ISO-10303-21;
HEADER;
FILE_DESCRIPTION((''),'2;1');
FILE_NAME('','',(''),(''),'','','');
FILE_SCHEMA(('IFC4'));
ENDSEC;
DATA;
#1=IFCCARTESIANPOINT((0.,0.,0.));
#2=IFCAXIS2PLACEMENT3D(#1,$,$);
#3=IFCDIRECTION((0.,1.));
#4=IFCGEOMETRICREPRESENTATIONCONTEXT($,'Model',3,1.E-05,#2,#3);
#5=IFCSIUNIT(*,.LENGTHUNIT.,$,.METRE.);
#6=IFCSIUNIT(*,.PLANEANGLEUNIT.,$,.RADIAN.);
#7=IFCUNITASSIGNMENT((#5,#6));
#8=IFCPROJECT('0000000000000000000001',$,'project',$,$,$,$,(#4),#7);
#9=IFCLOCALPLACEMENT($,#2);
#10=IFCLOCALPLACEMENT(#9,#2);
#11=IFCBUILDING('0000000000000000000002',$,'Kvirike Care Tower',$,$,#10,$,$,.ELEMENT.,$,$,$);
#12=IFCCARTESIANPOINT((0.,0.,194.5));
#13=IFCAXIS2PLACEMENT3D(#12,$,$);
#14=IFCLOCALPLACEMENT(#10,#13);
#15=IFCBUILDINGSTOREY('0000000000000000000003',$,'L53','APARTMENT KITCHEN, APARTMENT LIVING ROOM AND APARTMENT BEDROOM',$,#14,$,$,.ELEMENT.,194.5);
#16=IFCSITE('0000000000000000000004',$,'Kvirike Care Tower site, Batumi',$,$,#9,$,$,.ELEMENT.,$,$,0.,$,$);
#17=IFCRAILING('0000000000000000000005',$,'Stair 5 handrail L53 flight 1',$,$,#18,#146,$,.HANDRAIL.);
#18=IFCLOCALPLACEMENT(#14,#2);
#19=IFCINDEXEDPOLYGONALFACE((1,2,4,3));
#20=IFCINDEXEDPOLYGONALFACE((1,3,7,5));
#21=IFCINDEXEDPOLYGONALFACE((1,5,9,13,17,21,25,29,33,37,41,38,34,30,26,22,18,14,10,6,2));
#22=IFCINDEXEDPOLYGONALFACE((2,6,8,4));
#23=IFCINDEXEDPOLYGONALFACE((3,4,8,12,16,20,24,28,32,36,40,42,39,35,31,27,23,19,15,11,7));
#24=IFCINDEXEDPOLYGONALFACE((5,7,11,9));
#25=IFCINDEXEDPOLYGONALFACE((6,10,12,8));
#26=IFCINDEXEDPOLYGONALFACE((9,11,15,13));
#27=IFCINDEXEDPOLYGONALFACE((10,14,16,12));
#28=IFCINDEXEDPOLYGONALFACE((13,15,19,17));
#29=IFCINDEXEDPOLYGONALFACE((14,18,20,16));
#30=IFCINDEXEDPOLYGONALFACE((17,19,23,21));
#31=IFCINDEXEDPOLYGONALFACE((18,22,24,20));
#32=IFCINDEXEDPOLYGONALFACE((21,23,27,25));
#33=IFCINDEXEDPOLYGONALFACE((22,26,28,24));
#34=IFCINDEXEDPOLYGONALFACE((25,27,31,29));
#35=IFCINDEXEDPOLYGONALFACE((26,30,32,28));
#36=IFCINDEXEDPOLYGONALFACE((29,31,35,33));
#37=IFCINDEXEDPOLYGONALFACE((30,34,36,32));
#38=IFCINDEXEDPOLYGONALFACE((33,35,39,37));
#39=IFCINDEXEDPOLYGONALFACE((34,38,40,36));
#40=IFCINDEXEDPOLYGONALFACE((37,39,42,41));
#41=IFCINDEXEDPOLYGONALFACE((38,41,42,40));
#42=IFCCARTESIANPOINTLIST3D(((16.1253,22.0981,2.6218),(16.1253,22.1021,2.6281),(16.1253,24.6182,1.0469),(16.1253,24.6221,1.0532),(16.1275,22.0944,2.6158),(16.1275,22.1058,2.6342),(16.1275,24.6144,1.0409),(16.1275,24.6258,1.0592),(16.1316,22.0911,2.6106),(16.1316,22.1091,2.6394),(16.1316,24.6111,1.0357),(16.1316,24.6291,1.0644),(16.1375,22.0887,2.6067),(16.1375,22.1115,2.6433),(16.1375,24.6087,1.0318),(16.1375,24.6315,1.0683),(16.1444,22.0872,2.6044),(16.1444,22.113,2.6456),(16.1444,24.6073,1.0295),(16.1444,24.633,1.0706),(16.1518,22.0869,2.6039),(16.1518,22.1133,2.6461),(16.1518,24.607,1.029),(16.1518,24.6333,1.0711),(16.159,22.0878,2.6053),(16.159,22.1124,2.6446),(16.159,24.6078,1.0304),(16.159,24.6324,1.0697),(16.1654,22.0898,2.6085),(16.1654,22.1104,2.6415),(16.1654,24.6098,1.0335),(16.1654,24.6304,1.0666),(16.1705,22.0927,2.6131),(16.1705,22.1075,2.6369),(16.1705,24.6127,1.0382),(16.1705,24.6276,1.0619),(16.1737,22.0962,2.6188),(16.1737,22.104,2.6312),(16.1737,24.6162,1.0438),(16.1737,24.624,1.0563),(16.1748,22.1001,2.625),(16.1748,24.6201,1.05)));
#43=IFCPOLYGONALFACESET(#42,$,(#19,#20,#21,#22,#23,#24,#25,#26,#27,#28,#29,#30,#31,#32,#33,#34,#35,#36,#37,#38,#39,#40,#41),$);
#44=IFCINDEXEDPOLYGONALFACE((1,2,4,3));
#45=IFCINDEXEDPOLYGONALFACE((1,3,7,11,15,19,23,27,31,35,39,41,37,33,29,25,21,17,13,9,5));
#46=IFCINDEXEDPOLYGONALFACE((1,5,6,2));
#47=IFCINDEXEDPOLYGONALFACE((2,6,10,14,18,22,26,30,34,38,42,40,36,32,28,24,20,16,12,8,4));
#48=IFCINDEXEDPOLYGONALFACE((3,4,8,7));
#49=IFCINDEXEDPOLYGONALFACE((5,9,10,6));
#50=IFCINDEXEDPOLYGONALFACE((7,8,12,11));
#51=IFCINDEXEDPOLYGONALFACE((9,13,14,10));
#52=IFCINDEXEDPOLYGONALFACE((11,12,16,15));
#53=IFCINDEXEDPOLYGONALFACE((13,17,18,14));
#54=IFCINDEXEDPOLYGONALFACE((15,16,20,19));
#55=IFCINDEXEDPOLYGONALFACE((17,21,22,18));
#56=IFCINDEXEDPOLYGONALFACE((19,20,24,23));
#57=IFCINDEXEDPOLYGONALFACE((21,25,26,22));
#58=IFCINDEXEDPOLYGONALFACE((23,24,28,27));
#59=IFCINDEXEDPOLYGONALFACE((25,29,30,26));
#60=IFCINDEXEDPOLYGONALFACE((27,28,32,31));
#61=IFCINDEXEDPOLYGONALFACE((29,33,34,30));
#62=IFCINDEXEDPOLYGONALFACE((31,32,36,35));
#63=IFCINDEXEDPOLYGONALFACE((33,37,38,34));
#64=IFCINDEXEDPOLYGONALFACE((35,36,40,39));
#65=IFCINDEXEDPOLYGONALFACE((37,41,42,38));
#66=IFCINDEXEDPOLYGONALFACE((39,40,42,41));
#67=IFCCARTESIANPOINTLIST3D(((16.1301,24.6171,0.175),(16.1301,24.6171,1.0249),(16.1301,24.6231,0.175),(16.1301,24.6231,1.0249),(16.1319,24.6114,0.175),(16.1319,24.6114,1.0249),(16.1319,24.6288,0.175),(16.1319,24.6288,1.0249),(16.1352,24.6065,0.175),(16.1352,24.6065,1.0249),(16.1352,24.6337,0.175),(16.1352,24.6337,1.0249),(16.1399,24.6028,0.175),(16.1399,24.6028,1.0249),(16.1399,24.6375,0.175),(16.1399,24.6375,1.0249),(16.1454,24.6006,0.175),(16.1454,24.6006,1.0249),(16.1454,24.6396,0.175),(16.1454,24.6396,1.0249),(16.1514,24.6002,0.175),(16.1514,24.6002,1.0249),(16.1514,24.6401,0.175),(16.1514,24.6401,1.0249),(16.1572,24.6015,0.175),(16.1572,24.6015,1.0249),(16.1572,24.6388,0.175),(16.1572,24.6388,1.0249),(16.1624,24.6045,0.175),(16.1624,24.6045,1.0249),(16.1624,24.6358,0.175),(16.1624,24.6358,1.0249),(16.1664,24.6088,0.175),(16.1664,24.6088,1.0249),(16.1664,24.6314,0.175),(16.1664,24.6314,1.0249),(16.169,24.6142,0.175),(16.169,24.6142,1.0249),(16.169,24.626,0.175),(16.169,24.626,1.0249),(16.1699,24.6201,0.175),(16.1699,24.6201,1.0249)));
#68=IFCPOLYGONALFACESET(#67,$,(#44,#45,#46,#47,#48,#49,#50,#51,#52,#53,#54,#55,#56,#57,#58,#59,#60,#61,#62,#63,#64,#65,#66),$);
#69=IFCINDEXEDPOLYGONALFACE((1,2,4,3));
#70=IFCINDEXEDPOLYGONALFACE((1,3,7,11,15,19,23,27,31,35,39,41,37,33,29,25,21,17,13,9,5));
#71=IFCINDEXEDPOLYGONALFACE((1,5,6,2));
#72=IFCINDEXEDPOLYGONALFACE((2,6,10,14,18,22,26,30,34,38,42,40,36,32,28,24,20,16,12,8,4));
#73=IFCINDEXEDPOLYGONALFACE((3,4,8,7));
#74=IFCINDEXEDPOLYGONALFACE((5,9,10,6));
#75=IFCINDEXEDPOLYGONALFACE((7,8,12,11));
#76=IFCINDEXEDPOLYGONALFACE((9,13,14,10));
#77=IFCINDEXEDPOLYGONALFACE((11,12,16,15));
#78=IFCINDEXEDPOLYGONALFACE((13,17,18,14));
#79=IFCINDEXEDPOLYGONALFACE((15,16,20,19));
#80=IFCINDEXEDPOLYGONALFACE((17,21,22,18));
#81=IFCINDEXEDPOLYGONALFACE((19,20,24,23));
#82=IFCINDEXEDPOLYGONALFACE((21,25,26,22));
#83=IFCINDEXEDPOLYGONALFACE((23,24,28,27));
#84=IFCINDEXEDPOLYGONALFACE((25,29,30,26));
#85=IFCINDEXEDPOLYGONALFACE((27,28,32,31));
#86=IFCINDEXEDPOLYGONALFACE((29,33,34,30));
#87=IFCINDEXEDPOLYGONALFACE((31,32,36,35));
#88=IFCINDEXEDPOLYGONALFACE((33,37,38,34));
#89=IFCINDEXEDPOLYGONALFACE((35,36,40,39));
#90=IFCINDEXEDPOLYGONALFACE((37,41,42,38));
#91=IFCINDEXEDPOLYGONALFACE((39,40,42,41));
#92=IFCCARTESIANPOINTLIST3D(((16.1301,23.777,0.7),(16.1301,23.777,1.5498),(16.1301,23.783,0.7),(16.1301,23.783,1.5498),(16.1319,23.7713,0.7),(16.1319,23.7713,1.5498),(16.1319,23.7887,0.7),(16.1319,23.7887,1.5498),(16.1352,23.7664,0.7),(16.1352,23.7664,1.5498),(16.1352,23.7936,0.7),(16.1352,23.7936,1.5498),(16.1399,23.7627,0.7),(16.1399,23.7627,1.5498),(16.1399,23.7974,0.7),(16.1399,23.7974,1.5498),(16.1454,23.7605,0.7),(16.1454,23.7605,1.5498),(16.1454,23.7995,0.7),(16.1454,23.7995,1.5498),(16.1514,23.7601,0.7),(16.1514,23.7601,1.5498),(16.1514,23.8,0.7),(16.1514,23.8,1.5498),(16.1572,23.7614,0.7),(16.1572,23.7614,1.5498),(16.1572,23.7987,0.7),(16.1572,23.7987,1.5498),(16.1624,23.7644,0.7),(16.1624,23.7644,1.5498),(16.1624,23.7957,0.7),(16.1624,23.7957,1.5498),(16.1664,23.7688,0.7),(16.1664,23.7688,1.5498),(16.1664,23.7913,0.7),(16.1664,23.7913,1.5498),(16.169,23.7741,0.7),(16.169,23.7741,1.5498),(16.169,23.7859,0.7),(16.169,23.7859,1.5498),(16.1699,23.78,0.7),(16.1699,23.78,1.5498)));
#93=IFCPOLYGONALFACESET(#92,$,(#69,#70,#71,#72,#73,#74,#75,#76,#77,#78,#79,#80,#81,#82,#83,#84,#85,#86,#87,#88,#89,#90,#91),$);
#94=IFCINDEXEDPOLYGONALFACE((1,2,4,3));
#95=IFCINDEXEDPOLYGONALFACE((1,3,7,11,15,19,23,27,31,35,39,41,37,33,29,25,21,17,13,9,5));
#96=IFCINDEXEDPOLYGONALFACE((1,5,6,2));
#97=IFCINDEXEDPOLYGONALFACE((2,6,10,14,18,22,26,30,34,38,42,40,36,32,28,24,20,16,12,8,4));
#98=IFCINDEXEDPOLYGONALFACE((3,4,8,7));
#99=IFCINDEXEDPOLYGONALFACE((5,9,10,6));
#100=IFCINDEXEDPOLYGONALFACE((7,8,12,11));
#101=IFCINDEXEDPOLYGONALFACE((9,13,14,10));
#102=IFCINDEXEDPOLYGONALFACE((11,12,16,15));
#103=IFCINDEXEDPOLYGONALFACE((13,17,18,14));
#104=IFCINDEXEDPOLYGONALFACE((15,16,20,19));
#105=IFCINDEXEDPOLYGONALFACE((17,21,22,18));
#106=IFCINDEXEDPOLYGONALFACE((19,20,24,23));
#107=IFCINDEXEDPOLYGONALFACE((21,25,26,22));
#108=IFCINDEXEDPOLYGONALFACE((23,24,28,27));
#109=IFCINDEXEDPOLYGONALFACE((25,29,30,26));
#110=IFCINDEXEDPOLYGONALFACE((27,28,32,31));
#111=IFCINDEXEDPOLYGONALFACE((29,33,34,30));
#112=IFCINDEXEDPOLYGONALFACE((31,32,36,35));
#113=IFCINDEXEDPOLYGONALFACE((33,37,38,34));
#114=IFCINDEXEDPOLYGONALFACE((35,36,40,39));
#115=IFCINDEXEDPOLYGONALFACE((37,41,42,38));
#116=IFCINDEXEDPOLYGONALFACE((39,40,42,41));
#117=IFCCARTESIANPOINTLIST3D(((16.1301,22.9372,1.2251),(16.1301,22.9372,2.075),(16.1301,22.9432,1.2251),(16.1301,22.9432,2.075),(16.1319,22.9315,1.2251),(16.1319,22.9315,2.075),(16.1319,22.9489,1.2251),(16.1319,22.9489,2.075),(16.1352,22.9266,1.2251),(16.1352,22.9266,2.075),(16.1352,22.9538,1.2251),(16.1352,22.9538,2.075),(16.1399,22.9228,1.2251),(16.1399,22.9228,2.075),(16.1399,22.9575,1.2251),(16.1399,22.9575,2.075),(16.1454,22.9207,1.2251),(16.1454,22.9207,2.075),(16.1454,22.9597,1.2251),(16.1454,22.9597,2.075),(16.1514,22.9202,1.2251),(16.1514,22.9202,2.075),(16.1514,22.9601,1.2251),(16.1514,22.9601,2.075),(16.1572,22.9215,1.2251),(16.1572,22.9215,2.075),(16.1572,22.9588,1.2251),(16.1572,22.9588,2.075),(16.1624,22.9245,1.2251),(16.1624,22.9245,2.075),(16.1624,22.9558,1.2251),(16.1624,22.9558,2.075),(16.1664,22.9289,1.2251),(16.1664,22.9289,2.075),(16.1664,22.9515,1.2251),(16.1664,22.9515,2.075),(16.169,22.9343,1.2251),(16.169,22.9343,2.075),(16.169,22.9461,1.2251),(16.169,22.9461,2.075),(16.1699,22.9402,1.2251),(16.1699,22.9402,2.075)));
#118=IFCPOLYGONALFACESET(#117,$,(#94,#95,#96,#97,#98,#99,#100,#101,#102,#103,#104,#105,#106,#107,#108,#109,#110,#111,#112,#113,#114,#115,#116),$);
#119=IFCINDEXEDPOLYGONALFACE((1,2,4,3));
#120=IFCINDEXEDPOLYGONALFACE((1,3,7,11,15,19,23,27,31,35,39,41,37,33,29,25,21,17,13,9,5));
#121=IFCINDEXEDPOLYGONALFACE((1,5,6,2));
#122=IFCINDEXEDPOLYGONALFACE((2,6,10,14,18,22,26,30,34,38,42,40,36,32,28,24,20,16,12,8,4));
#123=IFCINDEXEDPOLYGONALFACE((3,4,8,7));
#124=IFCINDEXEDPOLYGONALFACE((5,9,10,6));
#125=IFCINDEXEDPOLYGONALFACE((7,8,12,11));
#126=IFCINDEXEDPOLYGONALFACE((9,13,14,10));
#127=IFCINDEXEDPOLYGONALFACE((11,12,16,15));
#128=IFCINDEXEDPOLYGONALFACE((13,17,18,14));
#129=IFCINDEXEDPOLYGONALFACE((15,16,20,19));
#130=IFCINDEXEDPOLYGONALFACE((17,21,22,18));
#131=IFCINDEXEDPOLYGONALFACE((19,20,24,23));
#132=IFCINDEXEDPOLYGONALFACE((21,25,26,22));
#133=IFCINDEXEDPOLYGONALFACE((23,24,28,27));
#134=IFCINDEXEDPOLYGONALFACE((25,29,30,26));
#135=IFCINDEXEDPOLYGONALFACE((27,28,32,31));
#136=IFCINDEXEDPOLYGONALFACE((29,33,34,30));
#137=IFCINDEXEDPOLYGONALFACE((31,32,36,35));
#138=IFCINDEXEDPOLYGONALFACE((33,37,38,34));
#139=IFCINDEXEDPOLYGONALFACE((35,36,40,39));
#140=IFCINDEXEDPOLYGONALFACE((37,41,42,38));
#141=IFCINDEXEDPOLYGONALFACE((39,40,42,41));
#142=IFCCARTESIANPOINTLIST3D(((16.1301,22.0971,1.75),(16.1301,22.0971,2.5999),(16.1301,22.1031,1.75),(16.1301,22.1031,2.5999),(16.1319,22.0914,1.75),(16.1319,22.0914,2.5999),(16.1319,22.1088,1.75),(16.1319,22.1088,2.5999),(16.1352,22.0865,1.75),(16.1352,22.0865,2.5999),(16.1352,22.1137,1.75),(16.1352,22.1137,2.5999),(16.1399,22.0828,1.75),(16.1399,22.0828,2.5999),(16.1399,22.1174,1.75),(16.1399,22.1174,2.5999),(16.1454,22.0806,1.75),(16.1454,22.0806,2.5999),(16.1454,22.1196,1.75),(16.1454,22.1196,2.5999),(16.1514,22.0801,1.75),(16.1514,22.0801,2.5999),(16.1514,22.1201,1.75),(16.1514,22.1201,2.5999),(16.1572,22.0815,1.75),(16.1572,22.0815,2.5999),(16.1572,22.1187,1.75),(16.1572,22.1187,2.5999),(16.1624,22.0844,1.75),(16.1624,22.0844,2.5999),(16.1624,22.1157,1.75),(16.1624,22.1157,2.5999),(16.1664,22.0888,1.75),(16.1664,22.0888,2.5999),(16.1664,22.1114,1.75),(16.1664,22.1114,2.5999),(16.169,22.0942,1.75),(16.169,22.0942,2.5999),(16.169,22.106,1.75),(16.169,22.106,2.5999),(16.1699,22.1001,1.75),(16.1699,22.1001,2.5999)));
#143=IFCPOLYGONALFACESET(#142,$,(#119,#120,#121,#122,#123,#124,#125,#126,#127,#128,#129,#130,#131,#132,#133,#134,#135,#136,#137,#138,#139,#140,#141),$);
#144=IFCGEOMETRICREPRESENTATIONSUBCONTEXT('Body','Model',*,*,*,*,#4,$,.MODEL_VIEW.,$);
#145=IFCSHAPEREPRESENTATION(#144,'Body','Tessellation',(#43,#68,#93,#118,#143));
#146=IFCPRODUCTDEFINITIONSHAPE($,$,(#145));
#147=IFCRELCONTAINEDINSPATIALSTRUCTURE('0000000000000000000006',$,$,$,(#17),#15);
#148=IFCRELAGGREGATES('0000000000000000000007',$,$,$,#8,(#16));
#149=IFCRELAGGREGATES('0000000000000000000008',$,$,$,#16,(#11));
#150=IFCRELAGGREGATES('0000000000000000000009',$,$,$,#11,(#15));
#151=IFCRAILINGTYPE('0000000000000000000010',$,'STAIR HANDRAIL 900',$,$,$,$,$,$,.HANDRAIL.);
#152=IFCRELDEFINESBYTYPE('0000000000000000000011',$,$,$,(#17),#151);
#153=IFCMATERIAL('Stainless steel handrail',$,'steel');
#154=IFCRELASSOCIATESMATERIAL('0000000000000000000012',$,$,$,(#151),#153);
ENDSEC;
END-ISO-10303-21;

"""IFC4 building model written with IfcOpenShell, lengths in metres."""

from ifc_helpers import new_model, si_unit, direction, frame, origin, origin_2d, place, context, subcontext, project, spatial, circle, extrude, material, type_object, element, save


model = new_model("IFC4")

# Units and contexts
model_context = context("Model", 3, precision=1e-05, world=origin(), true_north=direction((0.0, 1.0)))
body_context = subcontext(model_context, "Body", "Model", "MODEL_VIEW")
ifc_project = project(units=[si_unit("LENGTHUNIT", "METRE"), si_unit("PLANEANGLEUNIT", "RADIAN")], contexts=[model_context])

# Site, building, storey
site_placement = place(None, origin())
site = spatial("IfcSite", under=ifc_project, at=site_placement, Name="Kvirike Care Tower site, Batumi", CompositionType="ELEMENT", RefElevation=0.0)
building_placement = place(site_placement, origin())
building = spatial("IfcBuilding", under=site, at=building_placement, Name="Kvirike Care Tower", CompositionType="ELEMENT")
storey_placement = place(building_placement, frame((0.0, 0.0, 194.5)))
storey = spatial("IfcBuildingStorey", under=building, at=storey_placement, Name="L53", Description="APARTMENT KITCHEN, APARTMENT LIVING ROOM AND APARTMENT BEDROOM", CompositionType="ELEMENT", Elevation=194.5)

# Railing
ifc_material_1 = material(Name="Stainless steel handrail", Category="steel")
railing_type = type_object("IfcRailingType", Name="STAIR HANDRAIL 900", PredefinedType="HANDRAIL", material=ifc_material_1)
railing_1_placement = place(storey_placement, frame((16.1499, 24.6201, 0.175)))
element("IfcRailing", 1, at=railing_1_placement, inside=storey, type_object=railing_type, Name="Stair 5 handrail L53 flight 1", PredefinedType="HANDRAIL", context=body_context, shape_type="SweptSolid", body=[
    extrude(circle(Radius=0.0249, at=origin_2d()), frame((0.0, 0.0, 0.875), z_axis=(0.0, -0.848008, 0.529984), x_axis=(1.0, 0.0, 0.0)), (0.0, 0.0, 1.0), 2.9717),
    extrude(circle(Radius=0.02, at=origin_2d()), origin(), (0.0, 0.0, 1.0), 0.8499),
    extrude(circle(Radius=0.02, at=origin_2d()), frame((0.0, -0.8401, 0.5249)), (0.0, 0.0, 1.0), 0.8499),
    extrude(circle(Radius=0.02, at=origin_2d()), frame((0.0, -1.6799, 1.05)), (0.0, 0.0, 1.0), 0.8499),
    extrude(circle(Radius=0.02, at=origin_2d()), frame((0.0, -2.52, 1.575)), (0.0, 0.0, 1.0), 0.8499),
])

save(model, "model.ifc")
